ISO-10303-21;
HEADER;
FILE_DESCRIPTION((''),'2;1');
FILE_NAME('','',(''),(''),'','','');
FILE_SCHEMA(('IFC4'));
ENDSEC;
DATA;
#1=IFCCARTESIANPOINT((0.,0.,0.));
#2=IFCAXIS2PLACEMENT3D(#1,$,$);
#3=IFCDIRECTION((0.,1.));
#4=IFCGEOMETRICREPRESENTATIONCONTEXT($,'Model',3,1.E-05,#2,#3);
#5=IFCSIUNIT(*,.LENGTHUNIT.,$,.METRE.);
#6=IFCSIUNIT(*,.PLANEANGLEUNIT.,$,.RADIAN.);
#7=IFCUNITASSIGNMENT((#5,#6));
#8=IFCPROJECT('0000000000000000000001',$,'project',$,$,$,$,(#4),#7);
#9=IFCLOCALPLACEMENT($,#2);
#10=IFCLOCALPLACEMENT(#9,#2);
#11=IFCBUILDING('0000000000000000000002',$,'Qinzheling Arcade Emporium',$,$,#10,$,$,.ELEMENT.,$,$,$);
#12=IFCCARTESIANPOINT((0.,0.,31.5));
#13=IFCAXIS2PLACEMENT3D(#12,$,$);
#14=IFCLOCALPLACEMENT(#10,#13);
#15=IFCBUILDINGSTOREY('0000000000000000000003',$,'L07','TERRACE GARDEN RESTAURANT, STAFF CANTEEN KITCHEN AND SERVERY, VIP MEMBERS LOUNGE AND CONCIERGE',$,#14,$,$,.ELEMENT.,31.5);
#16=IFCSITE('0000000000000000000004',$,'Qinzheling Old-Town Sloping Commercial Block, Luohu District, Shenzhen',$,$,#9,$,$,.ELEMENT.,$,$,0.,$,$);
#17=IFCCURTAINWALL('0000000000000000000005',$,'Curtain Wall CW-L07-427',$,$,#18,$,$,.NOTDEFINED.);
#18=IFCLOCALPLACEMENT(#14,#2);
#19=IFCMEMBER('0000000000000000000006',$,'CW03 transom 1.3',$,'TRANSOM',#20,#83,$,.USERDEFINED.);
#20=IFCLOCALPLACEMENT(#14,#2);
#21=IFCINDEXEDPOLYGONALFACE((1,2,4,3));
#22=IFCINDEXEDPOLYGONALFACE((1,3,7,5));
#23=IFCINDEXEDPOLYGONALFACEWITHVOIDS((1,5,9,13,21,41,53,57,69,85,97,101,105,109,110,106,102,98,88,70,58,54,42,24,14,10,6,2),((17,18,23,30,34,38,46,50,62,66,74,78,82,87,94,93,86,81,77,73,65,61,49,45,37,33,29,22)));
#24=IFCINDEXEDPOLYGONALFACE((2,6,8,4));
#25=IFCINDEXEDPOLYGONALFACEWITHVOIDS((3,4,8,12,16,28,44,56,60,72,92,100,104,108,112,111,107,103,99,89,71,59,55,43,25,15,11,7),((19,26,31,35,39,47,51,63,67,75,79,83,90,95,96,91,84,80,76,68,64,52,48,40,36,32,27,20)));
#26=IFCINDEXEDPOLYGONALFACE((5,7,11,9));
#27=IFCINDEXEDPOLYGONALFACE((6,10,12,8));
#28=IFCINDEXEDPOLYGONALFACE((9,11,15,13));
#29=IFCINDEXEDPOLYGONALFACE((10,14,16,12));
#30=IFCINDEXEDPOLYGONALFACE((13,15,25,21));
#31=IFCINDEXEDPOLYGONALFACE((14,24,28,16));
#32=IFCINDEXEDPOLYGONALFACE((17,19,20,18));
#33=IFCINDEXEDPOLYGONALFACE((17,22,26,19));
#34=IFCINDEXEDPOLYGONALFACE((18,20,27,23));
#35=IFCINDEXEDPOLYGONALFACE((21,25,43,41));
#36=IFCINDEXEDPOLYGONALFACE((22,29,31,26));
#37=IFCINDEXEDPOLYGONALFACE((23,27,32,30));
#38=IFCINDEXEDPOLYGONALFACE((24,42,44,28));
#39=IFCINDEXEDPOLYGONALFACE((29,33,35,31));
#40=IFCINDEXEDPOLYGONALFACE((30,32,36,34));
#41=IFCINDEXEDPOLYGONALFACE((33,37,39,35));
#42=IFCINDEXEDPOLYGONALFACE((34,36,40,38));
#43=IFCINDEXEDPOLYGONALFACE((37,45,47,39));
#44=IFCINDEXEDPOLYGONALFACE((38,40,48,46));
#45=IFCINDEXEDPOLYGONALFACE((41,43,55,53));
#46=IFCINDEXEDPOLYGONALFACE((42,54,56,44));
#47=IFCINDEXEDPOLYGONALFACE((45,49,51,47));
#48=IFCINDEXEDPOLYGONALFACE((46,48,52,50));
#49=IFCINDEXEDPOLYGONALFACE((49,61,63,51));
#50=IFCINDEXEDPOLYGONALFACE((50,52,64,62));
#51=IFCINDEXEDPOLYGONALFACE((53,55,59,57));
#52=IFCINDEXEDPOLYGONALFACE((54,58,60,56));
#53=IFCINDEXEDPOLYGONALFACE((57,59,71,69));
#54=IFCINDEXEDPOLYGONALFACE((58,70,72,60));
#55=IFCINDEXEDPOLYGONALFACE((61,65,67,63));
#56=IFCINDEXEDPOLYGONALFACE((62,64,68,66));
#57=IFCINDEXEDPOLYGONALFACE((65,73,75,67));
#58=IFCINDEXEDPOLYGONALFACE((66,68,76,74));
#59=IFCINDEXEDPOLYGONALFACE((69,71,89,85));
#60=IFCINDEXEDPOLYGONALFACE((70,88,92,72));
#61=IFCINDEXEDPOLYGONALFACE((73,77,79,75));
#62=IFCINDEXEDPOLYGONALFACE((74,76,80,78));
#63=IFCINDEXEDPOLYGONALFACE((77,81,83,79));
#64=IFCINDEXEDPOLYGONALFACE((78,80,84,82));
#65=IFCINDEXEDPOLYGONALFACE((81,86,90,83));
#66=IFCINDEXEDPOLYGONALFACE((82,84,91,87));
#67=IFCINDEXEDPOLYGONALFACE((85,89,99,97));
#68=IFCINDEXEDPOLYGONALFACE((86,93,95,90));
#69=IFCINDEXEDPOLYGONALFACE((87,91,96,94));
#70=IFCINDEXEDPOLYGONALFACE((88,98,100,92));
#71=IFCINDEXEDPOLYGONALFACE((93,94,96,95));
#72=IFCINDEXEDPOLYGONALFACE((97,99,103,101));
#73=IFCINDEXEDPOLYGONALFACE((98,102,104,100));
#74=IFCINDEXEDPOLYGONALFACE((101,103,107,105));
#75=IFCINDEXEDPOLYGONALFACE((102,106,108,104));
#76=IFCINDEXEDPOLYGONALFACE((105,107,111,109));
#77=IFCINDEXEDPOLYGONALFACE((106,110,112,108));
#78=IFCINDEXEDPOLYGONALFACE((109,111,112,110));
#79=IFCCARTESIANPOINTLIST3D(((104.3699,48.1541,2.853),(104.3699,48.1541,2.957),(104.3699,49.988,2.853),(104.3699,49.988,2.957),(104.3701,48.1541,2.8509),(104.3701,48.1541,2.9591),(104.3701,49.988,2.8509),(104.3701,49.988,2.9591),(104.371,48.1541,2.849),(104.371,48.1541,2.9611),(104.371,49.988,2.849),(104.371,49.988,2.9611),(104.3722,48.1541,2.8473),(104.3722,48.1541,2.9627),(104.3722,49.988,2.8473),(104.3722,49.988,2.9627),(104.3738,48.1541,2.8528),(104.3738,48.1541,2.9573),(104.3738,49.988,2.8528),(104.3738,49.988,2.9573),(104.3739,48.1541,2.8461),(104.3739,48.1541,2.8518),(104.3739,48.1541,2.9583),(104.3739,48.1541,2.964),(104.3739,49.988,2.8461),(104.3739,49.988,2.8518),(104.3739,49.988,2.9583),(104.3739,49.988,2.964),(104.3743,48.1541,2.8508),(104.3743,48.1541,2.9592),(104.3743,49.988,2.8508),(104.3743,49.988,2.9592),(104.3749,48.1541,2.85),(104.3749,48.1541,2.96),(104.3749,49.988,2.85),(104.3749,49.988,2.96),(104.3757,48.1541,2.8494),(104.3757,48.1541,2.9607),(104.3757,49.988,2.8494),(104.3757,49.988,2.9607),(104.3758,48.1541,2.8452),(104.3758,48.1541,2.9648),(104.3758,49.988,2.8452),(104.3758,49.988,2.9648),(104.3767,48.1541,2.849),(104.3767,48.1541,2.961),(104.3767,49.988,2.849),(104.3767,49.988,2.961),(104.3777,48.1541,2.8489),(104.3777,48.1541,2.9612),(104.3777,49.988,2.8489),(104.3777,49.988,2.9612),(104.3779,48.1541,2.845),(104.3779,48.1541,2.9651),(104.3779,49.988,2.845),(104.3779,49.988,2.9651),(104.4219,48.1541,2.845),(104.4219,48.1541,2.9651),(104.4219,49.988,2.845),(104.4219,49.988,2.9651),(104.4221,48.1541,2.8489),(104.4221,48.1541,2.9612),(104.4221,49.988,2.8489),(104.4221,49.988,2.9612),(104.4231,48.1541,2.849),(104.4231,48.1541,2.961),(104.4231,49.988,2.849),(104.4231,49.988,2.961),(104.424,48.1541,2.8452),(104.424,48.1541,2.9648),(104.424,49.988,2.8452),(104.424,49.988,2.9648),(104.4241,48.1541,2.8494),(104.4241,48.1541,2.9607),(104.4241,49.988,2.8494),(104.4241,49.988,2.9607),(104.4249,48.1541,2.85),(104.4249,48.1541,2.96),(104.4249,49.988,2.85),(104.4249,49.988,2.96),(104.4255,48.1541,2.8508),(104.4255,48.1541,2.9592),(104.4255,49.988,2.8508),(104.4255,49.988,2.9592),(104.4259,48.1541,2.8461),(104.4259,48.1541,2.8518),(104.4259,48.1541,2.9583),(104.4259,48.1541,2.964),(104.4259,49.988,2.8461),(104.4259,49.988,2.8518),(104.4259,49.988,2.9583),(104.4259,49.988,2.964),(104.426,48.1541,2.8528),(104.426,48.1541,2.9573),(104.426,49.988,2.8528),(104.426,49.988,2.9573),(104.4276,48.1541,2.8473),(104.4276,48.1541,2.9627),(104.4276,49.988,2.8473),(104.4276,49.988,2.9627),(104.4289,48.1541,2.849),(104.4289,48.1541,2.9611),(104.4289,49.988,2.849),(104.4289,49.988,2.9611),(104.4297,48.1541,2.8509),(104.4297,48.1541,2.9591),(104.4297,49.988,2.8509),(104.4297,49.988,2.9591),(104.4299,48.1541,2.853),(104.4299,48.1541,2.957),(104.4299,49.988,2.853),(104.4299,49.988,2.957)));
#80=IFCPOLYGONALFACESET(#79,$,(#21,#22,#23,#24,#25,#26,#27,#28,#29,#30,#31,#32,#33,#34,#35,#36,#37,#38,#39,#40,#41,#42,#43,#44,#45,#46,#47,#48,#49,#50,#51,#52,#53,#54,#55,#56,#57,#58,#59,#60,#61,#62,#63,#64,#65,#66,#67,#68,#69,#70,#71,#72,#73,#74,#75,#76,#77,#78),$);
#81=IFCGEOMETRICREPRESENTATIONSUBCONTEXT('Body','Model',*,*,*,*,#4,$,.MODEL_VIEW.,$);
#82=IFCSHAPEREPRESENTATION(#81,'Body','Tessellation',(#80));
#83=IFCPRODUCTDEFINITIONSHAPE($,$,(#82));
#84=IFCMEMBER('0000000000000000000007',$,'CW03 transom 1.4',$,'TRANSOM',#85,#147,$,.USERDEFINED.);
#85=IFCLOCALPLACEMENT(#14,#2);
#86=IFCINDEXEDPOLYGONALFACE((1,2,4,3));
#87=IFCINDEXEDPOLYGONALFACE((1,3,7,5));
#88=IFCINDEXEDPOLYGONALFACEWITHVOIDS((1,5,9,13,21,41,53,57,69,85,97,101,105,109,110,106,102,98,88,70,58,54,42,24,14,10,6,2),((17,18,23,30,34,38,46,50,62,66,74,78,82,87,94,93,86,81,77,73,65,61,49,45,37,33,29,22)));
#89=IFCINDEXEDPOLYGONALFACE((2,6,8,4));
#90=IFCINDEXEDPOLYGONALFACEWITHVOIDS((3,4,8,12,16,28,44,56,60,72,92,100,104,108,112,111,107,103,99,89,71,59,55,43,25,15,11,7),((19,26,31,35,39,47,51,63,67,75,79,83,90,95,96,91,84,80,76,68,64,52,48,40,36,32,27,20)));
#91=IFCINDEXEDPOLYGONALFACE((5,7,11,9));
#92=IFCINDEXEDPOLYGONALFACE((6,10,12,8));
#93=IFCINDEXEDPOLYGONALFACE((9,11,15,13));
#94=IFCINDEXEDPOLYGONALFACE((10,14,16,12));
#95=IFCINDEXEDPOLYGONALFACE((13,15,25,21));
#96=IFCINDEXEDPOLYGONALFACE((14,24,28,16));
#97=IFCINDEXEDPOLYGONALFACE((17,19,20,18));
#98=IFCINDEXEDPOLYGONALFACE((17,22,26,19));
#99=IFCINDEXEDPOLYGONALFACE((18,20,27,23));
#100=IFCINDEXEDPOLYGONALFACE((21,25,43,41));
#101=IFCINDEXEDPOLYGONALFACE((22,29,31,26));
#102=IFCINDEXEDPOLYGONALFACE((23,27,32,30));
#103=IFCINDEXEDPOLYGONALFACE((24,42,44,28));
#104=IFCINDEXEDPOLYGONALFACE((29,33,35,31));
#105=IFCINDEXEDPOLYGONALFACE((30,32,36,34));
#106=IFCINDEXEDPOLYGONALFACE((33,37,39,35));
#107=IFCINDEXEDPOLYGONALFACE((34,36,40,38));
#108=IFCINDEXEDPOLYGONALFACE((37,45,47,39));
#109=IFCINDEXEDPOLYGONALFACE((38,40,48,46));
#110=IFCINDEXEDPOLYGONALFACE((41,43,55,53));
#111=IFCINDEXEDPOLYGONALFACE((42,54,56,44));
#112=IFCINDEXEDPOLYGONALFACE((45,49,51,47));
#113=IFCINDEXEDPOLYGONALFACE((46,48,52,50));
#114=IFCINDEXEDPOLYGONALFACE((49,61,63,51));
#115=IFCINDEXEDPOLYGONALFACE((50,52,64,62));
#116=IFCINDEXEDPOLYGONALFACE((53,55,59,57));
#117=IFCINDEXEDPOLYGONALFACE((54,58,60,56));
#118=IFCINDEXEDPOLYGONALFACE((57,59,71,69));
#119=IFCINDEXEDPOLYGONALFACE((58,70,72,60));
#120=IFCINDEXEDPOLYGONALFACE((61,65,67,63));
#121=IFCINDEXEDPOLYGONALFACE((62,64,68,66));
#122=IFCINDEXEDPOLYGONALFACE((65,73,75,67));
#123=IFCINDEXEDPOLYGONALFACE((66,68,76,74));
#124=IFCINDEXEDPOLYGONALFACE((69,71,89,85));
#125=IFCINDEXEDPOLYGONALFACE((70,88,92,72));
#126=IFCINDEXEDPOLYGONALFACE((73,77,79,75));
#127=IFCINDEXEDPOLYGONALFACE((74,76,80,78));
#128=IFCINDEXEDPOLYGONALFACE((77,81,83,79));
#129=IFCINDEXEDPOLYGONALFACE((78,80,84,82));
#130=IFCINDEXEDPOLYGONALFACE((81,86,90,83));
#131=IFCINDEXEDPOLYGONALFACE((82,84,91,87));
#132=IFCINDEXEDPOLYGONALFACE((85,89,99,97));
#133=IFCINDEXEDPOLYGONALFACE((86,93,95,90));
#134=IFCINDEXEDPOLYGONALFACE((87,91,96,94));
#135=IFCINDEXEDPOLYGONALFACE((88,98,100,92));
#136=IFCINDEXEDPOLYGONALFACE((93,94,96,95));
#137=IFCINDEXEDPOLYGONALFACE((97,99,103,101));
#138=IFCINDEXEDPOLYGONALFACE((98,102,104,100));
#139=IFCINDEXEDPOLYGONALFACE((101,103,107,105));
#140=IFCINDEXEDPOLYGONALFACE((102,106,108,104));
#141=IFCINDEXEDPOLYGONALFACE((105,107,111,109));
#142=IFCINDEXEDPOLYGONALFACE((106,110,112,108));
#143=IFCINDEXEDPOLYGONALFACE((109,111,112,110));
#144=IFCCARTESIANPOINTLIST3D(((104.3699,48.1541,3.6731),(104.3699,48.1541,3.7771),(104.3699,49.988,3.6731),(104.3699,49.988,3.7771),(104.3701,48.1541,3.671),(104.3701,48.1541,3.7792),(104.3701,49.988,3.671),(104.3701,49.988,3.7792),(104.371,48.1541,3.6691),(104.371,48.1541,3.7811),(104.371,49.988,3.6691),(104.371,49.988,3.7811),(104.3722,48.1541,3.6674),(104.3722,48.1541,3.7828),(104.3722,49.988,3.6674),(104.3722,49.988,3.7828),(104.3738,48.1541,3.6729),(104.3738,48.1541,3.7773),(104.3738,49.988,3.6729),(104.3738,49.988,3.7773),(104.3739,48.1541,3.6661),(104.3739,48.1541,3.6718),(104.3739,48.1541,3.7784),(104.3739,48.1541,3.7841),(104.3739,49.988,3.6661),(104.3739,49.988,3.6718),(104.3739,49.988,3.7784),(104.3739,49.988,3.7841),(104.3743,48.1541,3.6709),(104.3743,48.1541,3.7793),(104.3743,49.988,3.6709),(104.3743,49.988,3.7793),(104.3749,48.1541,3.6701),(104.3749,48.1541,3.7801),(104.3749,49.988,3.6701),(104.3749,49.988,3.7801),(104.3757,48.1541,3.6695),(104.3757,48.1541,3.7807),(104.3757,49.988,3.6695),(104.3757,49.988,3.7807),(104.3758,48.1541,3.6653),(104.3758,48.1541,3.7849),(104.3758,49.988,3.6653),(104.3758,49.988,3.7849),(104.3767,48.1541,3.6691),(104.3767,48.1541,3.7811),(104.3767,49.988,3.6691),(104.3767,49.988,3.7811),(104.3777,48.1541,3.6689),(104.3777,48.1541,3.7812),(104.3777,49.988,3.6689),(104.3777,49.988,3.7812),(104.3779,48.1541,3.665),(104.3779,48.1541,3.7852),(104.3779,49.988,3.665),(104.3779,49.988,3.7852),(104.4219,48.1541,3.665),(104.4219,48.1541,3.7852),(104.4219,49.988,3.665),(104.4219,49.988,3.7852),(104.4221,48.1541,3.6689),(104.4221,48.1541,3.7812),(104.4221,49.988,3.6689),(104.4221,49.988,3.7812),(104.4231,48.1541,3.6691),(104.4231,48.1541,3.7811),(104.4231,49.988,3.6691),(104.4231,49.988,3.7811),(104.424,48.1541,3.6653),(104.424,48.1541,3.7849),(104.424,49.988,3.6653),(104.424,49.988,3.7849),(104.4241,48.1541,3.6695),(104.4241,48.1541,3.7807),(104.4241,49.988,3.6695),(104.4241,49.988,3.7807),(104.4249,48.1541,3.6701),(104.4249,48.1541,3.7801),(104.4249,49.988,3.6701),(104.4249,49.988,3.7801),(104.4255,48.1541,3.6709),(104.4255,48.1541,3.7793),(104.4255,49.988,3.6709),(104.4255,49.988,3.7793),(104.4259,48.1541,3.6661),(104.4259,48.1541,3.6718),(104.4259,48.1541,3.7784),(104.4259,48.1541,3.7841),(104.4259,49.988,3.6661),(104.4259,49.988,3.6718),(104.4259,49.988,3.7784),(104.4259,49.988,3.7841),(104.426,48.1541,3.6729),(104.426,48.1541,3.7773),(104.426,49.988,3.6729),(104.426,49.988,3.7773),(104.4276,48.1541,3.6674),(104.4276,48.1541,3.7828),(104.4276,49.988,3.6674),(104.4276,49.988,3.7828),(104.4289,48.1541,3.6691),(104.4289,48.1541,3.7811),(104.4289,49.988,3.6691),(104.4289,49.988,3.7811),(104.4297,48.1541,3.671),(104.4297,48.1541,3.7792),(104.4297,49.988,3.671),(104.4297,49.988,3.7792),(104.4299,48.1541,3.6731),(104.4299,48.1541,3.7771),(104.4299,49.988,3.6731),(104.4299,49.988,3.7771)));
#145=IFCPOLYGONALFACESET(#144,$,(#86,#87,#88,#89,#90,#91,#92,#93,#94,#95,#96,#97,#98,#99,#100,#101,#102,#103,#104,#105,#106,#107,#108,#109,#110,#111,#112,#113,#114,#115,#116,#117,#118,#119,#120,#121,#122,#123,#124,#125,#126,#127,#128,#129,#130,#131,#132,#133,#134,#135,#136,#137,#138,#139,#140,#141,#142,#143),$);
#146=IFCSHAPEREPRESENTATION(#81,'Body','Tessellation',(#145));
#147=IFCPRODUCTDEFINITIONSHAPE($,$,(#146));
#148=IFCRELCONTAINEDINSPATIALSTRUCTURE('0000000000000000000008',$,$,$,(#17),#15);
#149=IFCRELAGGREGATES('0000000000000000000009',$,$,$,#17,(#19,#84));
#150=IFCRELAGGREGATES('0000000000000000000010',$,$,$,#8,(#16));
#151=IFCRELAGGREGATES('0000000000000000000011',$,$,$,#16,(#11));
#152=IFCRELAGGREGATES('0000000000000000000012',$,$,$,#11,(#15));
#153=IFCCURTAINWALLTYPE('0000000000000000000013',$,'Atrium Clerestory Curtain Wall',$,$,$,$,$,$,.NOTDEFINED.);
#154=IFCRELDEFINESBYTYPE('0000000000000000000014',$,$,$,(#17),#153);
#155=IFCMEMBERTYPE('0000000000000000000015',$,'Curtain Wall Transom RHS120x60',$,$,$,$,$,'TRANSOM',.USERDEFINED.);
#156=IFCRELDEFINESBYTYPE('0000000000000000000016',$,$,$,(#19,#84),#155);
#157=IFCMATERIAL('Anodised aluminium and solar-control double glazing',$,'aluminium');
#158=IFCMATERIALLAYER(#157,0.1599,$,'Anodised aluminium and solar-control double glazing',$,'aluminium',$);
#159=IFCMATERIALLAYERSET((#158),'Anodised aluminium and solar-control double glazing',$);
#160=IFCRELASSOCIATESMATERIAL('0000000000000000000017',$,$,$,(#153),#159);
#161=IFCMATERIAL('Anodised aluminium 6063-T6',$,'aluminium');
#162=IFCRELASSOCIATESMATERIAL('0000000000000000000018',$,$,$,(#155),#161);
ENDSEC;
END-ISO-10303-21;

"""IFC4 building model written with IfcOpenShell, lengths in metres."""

from ifc_helpers import new_model, si_unit, direction, frame, origin, origin_2d, place, context, subcontext, project, spatial, hollow_rectangle, extrude, material, layer, layer_set, material_profile, profile_set, type_object, element, aggregate, save


model = new_model("IFC4")

# Units and contexts
model_context = context("Model", 3, precision=1e-05, world=origin(), true_north=direction((0.0, 1.0)))
body_context = subcontext(model_context, "Body", "Model", "MODEL_VIEW")
ifc_project = project(units=[si_unit("LENGTHUNIT", "METRE"), si_unit("PLANEANGLEUNIT", "RADIAN")], contexts=[model_context])

# Site, building, storey
site_placement = place(None, origin())
site = spatial("IfcSite", under=ifc_project, at=site_placement, Name="Qinzheling Old-Town Sloping Commercial Block, Luohu District, Shenzhen", CompositionType="ELEMENT", RefElevation=0.0)
building_placement = place(site_placement, origin())
building = spatial("IfcBuilding", under=site, at=building_placement, Name="Qinzheling Arcade Emporium", CompositionType="ELEMENT")
storey_placement = place(building_placement, frame((0.0, 0.0, 31.5)))
storey = spatial("IfcBuildingStorey", under=building, at=storey_placement, Name="L07", Description="TERRACE GARDEN RESTAURANT, STAFF CANTEEN KITCHEN AND SERVERY, VIP MEMBERS LOUNGE AND CONCIERGE", CompositionType="ELEMENT", Elevation=31.5)

# Shared definitions
ifc_material_1 = material(Name="Anodised aluminium and solar-control double glazing", Category="aluminium")
ifc_layer_1 = layer(ifc_material_1, 0.1599, Name="Anodised aluminium and solar-control double glazing", Category="aluminium")
ifc_layer_set_1 = layer_set([ifc_layer_1], Name="Anodised aluminium and solar-control double glazing")
curtain_wall_type = type_object("IfcCurtainWallType", Name="Atrium Clerestory Curtain Wall", PredefinedType="NOTDEFINED", material=ifc_layer_set_1)
ifc_material_2 = material(Name="Anodised aluminium 6063-T6", Category="aluminium")

# Curtain wall, members
curtain_wall_1_placement = place(storey_placement, origin())
curtain_wall_1 = element("IfcCurtainWall", 1, at=curtain_wall_1_placement, inside=storey, type_object=curtain_wall_type, Name="Curtain Wall CW-L07-427", PredefinedType="NOTDEFINED")
ifc_material_profile_1 = material_profile(ifc_material_2, hollow_rectangle(XDim=0.0601, YDim=0.1201, WallThickness=0.0039, InnerFilletRadius=0.0039, OuterFilletRadius=0.0081, at=origin_2d()), Name="RHS 120x60x4", Category="aluminium")
ifc_profile_set_1 = profile_set([ifc_material_profile_1], Name="Anodised aluminium 6063-T6")
member_type_1 = type_object("IfcMemberType", Name="Curtain Wall Transom RHS120x60", ElementType="TRANSOM", PredefinedType="USERDEFINED", material=ifc_profile_set_1)
member_1_placement = place(storey_placement, frame((104.3999, 49.988, 2.905), z_axis=(0.0, -1.0, 0.0), x_axis=(1.0, 0.0, 0.0)))
member_1 = element("IfcMember", 2, at=member_1_placement, type_object=member_type_1, Name="CW03 transom 1.3", ObjectType="TRANSOM", PredefinedType="USERDEFINED", context=body_context, shape_type="SweptSolid", body=[
    extrude(hollow_rectangle(XDim=0.0601, YDim=0.1201, WallThickness=0.0039, InnerFilletRadius=0.0039, OuterFilletRadius=0.0081, at=origin_2d()), origin(), (0.0, 0.0, 1.0), 1.834),
])
member_2_placement = place(storey_placement, frame((104.3999, 49.988, 3.7251), z_axis=(0.0, -1.0, 0.0), x_axis=(1.0, 0.0, 0.0)))
member_2 = element("IfcMember", 3, at=member_2_placement, type_object=member_type_1, Name="CW03 transom 1.4", ObjectType="TRANSOM", PredefinedType="USERDEFINED", context=body_context, shape_type="SweptSolid", body=[
    extrude(hollow_rectangle(XDim=0.0601, YDim=0.1201, WallThickness=0.0039, InnerFilletRadius=0.0039, OuterFilletRadius=0.0081, at=origin_2d()), origin(), (0.0, 0.0, 1.0), 1.834),
])

aggregate(curtain_wall_1, [member_1, member_2])

save(model, "model.ifc")
